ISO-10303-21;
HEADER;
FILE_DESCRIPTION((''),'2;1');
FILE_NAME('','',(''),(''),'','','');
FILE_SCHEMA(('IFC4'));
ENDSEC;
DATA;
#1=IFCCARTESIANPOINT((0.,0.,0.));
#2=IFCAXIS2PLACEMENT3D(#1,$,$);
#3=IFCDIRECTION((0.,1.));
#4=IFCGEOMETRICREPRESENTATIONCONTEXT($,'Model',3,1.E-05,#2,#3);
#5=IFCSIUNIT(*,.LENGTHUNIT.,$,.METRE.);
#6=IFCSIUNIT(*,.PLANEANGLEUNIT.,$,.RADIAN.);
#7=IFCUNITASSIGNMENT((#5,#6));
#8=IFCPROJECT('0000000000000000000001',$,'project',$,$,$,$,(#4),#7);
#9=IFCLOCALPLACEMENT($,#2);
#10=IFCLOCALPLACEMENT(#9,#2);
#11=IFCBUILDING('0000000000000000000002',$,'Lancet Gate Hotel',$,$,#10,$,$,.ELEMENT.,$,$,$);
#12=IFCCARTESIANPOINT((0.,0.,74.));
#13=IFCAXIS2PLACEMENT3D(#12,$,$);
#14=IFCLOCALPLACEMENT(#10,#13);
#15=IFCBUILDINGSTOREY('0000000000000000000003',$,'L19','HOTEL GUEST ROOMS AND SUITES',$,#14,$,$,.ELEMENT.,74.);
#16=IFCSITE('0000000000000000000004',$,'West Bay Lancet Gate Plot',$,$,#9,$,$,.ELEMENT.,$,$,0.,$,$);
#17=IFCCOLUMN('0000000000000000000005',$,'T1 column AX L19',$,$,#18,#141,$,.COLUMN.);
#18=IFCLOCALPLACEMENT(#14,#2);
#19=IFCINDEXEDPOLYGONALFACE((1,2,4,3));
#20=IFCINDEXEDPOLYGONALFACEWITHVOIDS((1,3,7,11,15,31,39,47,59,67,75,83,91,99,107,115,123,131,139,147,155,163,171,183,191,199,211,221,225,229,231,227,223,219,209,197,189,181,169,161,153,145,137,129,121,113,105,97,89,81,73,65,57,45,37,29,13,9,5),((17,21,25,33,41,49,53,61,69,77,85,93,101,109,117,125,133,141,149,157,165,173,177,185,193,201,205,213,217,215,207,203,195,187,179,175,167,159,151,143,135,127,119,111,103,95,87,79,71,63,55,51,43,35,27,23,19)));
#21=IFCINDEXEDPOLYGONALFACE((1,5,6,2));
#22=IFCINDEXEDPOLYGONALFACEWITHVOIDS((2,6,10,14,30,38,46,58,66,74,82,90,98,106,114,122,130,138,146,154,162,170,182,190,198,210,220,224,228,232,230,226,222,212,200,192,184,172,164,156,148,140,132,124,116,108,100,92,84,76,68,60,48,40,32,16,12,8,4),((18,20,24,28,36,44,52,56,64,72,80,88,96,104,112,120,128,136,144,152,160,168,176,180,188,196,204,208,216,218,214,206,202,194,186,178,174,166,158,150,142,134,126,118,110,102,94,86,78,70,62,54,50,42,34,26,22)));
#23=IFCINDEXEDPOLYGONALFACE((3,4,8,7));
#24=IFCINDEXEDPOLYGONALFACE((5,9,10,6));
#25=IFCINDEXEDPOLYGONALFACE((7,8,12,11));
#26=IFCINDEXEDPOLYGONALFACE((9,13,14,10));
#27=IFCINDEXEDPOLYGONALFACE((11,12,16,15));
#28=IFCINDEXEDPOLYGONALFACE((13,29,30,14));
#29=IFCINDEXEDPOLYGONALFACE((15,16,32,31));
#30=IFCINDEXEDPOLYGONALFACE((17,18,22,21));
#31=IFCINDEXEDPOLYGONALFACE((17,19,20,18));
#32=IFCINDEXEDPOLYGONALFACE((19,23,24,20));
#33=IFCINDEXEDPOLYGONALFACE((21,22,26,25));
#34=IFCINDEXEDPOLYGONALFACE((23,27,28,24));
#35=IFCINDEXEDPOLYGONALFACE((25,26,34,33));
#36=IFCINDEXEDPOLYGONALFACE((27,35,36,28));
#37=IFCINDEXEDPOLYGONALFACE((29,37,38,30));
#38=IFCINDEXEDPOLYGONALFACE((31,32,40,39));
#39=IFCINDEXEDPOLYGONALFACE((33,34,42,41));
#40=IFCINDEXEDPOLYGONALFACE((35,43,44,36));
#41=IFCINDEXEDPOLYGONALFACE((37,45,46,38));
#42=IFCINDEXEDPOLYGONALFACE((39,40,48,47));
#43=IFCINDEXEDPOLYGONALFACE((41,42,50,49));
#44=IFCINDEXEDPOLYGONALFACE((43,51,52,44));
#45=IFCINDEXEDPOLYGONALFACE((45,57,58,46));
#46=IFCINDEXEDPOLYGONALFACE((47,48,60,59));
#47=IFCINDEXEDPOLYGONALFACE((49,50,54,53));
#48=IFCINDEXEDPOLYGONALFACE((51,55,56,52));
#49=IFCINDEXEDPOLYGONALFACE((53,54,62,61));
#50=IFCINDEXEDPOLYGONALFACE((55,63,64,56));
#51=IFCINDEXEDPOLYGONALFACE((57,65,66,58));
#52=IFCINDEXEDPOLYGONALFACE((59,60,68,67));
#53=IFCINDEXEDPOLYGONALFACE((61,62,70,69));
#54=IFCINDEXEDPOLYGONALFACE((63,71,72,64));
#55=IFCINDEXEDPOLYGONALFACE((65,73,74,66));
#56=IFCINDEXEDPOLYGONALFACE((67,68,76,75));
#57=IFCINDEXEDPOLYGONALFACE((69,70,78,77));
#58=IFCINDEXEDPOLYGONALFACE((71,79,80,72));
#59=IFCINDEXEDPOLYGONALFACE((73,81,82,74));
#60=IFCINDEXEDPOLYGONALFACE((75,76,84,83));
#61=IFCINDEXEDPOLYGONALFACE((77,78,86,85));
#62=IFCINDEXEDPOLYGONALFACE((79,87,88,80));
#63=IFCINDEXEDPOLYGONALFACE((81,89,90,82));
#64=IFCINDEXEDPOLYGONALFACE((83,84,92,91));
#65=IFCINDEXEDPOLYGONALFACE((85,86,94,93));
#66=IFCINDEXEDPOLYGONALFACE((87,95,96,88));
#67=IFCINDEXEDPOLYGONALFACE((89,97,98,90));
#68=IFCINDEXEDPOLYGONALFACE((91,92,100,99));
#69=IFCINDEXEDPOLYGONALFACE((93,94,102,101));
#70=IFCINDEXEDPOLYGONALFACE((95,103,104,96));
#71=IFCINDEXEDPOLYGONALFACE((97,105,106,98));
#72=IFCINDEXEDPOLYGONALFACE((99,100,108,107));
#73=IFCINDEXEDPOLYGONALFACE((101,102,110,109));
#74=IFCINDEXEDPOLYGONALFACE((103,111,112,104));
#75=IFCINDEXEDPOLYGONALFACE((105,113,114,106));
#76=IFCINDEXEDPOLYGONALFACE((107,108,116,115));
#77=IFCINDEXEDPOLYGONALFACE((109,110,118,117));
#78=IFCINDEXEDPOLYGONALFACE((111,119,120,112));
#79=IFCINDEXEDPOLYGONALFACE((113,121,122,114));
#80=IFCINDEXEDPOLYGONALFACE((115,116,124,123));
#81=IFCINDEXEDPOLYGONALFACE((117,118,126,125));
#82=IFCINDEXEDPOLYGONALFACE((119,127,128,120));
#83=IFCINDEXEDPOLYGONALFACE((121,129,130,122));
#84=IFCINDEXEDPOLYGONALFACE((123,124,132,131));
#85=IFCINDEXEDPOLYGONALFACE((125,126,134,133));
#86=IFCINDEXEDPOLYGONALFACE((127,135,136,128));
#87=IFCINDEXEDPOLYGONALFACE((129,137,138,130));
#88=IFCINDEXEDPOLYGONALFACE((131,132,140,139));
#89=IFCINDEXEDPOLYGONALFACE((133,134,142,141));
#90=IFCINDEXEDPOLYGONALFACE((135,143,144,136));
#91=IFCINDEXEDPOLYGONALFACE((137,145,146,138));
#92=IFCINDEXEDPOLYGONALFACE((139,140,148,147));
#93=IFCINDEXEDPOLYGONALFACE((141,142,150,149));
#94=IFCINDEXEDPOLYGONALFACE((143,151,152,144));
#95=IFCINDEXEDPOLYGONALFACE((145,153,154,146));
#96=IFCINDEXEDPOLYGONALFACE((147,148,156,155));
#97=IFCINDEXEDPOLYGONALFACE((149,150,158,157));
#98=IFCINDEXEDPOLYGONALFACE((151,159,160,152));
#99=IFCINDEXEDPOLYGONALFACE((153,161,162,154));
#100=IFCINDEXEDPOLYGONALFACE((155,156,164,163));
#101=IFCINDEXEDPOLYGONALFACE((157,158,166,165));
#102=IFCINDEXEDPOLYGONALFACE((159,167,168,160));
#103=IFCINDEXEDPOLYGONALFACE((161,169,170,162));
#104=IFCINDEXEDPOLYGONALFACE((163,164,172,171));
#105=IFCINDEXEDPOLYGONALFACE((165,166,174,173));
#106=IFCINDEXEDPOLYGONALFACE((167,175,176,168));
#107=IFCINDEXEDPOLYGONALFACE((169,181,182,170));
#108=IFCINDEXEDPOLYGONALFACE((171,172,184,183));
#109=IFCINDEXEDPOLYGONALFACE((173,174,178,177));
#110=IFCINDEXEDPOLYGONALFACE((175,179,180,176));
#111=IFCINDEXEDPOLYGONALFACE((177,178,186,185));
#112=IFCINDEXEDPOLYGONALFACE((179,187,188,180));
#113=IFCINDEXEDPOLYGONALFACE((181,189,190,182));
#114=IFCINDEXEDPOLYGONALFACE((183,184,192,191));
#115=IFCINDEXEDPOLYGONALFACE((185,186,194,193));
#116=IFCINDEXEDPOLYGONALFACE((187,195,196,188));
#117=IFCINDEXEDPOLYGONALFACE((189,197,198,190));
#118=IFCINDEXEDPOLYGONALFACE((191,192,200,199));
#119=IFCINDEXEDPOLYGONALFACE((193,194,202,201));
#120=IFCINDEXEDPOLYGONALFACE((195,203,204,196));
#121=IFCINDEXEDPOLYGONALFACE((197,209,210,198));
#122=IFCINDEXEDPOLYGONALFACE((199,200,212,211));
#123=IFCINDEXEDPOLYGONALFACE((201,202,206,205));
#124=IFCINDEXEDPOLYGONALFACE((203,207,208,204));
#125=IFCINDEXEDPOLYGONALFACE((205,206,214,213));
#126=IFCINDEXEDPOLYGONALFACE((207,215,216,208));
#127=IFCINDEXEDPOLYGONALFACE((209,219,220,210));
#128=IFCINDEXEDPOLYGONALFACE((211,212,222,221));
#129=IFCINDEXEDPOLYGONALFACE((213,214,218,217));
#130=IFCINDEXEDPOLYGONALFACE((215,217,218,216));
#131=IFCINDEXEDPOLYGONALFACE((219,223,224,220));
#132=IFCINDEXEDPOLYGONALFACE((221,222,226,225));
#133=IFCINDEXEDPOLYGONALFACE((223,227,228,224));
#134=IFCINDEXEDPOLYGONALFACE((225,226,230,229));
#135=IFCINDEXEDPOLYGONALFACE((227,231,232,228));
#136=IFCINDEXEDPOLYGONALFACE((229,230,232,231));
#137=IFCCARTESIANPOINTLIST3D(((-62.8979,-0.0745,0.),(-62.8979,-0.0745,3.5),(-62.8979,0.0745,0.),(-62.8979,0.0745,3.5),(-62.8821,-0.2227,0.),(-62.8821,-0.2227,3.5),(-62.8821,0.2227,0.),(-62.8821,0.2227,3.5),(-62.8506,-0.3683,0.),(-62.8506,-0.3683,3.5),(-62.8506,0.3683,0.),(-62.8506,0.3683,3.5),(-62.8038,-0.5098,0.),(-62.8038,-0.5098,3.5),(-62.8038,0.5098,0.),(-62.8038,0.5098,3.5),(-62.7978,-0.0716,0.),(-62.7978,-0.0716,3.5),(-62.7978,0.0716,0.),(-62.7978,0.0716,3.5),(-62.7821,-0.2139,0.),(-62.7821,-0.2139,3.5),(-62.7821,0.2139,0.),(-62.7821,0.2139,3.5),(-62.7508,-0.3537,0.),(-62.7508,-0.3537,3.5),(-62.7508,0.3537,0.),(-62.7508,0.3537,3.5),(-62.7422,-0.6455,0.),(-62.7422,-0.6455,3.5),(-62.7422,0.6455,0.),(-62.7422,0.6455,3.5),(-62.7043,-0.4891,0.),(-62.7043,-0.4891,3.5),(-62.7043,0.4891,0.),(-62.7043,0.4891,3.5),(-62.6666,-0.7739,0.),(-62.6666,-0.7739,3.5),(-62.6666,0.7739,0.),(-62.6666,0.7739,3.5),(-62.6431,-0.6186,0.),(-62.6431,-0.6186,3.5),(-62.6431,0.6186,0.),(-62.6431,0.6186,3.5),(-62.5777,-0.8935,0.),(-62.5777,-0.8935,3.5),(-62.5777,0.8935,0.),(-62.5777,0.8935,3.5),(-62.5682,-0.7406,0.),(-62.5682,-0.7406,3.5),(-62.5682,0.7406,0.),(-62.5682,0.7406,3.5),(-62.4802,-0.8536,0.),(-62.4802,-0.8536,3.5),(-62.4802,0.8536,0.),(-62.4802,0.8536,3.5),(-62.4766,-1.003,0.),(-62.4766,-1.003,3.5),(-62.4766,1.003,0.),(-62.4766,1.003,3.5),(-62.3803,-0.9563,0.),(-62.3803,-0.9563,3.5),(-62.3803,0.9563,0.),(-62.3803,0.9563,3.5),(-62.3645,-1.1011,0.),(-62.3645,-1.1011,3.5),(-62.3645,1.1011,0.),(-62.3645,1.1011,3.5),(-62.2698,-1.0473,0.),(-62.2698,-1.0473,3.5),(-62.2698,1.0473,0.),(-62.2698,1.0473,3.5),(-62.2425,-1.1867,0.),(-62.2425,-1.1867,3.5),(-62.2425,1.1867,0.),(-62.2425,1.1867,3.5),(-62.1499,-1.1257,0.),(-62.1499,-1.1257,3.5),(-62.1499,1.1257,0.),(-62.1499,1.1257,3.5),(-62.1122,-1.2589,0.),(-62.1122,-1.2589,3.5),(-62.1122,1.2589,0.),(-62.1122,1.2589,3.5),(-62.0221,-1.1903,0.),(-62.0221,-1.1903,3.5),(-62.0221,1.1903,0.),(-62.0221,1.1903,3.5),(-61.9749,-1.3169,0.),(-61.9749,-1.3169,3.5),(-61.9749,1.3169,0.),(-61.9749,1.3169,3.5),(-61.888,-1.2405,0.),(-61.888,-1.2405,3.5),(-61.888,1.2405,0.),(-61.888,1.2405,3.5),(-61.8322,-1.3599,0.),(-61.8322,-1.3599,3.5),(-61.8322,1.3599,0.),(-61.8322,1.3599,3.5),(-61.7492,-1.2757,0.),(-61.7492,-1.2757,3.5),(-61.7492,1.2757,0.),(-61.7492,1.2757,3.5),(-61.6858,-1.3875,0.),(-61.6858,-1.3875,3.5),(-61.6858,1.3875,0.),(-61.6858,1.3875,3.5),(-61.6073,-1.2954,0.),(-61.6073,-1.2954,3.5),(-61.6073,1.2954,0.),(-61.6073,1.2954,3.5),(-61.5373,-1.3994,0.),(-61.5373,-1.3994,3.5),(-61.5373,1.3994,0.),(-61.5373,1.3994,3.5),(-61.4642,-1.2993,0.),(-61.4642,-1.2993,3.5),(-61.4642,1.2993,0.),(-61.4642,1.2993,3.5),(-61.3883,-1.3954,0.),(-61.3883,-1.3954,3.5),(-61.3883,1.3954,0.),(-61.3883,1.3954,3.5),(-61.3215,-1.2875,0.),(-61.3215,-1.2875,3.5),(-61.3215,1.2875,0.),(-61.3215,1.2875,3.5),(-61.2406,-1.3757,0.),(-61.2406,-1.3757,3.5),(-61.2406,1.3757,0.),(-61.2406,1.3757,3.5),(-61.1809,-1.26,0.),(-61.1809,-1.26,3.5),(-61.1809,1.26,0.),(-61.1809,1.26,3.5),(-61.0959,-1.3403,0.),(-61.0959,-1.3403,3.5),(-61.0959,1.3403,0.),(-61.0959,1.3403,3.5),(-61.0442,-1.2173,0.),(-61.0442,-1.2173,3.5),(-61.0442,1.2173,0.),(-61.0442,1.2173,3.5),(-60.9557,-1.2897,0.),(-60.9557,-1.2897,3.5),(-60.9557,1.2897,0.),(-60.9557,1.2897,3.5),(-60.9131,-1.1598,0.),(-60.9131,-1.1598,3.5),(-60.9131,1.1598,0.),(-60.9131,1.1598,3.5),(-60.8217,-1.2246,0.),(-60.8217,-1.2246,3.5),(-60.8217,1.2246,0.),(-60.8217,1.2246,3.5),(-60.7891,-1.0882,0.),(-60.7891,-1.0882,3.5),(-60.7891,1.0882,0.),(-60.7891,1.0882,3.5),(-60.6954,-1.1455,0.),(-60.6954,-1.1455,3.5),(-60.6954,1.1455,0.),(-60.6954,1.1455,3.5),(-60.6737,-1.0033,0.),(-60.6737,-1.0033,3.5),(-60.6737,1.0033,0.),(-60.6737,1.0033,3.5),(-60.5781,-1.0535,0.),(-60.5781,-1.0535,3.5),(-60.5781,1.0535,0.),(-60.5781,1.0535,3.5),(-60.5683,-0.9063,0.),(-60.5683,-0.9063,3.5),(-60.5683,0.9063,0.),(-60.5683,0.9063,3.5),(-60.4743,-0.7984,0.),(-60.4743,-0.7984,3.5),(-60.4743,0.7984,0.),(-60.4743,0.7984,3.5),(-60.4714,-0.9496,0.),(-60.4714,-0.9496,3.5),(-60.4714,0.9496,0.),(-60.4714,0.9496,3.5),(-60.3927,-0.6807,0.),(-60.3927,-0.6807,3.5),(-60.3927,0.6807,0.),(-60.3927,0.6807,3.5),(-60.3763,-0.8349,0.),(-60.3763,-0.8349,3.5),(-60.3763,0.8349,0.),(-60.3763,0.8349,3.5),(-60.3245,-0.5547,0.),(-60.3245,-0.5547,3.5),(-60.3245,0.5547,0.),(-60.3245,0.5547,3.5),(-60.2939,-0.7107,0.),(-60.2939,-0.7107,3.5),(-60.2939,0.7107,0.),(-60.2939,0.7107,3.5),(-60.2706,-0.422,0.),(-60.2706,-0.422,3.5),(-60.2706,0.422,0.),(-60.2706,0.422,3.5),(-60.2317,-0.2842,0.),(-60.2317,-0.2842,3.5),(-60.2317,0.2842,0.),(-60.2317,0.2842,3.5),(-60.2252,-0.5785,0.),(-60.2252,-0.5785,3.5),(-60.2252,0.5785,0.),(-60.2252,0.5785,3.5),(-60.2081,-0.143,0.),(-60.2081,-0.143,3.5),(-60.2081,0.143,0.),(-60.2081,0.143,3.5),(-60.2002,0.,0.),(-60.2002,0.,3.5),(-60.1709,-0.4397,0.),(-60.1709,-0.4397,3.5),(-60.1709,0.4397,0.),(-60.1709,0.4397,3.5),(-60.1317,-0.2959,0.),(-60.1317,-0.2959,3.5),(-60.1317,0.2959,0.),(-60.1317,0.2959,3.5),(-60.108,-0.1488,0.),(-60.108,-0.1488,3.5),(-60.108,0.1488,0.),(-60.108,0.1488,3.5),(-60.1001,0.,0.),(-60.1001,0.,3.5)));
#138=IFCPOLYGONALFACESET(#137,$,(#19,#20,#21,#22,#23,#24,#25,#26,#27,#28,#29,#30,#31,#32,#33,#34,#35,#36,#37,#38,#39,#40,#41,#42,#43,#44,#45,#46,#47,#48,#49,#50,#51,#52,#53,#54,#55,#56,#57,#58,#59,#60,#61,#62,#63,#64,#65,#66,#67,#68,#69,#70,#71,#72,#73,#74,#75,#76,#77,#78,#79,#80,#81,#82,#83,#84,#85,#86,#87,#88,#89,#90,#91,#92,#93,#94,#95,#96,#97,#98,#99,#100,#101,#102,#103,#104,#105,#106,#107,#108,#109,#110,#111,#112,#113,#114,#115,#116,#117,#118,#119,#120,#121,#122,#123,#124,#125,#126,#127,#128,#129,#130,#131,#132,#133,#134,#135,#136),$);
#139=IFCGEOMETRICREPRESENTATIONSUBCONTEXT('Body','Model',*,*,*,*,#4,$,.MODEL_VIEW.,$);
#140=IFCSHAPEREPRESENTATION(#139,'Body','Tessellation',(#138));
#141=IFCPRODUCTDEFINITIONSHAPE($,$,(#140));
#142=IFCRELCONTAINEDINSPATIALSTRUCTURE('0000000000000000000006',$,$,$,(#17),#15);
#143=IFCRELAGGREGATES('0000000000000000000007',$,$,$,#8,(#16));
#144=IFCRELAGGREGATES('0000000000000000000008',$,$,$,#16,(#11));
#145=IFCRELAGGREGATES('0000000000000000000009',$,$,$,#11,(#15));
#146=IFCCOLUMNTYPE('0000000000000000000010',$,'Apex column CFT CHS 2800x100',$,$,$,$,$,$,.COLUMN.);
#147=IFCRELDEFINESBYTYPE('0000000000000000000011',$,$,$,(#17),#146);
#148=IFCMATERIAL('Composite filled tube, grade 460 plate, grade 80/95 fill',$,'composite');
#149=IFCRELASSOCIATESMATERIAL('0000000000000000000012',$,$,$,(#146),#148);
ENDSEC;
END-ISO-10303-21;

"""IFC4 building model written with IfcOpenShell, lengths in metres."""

from ifc_helpers import new_model, si_unit, direction, frame, origin, origin_2d, place, context, subcontext, project, spatial, hollow_circle, extrude, material, material_profile, profile_set, type_object, element, save


model = new_model("IFC4")

# Units and contexts
model_context = context("Model", 3, precision=1e-05, world=origin(), true_north=direction((0.0, 1.0)))
body_context = subcontext(model_context, "Body", "Model", "MODEL_VIEW")
ifc_project = project(units=[si_unit("LENGTHUNIT", "METRE"), si_unit("PLANEANGLEUNIT", "RADIAN")], contexts=[model_context])

# Site, building, storey
site_placement = place(None, origin())
site = spatial("IfcSite", under=ifc_project, at=site_placement, Name="West Bay Lancet Gate Plot", CompositionType="ELEMENT", RefElevation=0.0)
building_placement = place(site_placement, origin())
building = spatial("IfcBuilding", under=site, at=building_placement, Name="Lancet Gate Hotel", CompositionType="ELEMENT")
storey_placement = place(building_placement, frame((0.0, 0.0, 74.0)))
storey = spatial("IfcBuildingStorey", under=building, at=storey_placement, Name="L19", Description="HOTEL GUEST ROOMS AND SUITES", CompositionType="ELEMENT", Elevation=74.0)

# Column
ifc_material_1 = material(Name="Composite filled tube, grade 460 plate, grade 80/95 fill", Category="composite")
ifc_material_profile_1 = material_profile(ifc_material_1, hollow_circle(Radius=1.3999, WallThickness=0.1001, at=origin_2d()), Name="CHS 2800x100")
ifc_profile_set_1 = profile_set([ifc_material_profile_1], Name="Composite filled tube, grade 460 plate, grade 80/95 fill")
column_type_1 = type_object("IfcColumnType", Name="Apex column CFT CHS 2800x100", PredefinedType="COLUMN", material=ifc_profile_set_1)
column_1_placement = place(storey_placement, frame((-61.5, 0.0, 0.0), z_axis=(0.0, 0.0, 1.0), x_axis=(1.0, 0.0, 0.0)))
element("IfcColumn", 1, at=column_1_placement, inside=storey, type_object=column_type_1, Name="T1 column AX L19", PredefinedType="COLUMN", context=body_context, shape_type="SweptSolid", body=[
    extrude(hollow_circle(Radius=1.3999, WallThickness=0.1001, at=origin_2d()), origin(), (0.0, 0.0, 1.0), 3.5),
])

save(model, "model.ifc")
